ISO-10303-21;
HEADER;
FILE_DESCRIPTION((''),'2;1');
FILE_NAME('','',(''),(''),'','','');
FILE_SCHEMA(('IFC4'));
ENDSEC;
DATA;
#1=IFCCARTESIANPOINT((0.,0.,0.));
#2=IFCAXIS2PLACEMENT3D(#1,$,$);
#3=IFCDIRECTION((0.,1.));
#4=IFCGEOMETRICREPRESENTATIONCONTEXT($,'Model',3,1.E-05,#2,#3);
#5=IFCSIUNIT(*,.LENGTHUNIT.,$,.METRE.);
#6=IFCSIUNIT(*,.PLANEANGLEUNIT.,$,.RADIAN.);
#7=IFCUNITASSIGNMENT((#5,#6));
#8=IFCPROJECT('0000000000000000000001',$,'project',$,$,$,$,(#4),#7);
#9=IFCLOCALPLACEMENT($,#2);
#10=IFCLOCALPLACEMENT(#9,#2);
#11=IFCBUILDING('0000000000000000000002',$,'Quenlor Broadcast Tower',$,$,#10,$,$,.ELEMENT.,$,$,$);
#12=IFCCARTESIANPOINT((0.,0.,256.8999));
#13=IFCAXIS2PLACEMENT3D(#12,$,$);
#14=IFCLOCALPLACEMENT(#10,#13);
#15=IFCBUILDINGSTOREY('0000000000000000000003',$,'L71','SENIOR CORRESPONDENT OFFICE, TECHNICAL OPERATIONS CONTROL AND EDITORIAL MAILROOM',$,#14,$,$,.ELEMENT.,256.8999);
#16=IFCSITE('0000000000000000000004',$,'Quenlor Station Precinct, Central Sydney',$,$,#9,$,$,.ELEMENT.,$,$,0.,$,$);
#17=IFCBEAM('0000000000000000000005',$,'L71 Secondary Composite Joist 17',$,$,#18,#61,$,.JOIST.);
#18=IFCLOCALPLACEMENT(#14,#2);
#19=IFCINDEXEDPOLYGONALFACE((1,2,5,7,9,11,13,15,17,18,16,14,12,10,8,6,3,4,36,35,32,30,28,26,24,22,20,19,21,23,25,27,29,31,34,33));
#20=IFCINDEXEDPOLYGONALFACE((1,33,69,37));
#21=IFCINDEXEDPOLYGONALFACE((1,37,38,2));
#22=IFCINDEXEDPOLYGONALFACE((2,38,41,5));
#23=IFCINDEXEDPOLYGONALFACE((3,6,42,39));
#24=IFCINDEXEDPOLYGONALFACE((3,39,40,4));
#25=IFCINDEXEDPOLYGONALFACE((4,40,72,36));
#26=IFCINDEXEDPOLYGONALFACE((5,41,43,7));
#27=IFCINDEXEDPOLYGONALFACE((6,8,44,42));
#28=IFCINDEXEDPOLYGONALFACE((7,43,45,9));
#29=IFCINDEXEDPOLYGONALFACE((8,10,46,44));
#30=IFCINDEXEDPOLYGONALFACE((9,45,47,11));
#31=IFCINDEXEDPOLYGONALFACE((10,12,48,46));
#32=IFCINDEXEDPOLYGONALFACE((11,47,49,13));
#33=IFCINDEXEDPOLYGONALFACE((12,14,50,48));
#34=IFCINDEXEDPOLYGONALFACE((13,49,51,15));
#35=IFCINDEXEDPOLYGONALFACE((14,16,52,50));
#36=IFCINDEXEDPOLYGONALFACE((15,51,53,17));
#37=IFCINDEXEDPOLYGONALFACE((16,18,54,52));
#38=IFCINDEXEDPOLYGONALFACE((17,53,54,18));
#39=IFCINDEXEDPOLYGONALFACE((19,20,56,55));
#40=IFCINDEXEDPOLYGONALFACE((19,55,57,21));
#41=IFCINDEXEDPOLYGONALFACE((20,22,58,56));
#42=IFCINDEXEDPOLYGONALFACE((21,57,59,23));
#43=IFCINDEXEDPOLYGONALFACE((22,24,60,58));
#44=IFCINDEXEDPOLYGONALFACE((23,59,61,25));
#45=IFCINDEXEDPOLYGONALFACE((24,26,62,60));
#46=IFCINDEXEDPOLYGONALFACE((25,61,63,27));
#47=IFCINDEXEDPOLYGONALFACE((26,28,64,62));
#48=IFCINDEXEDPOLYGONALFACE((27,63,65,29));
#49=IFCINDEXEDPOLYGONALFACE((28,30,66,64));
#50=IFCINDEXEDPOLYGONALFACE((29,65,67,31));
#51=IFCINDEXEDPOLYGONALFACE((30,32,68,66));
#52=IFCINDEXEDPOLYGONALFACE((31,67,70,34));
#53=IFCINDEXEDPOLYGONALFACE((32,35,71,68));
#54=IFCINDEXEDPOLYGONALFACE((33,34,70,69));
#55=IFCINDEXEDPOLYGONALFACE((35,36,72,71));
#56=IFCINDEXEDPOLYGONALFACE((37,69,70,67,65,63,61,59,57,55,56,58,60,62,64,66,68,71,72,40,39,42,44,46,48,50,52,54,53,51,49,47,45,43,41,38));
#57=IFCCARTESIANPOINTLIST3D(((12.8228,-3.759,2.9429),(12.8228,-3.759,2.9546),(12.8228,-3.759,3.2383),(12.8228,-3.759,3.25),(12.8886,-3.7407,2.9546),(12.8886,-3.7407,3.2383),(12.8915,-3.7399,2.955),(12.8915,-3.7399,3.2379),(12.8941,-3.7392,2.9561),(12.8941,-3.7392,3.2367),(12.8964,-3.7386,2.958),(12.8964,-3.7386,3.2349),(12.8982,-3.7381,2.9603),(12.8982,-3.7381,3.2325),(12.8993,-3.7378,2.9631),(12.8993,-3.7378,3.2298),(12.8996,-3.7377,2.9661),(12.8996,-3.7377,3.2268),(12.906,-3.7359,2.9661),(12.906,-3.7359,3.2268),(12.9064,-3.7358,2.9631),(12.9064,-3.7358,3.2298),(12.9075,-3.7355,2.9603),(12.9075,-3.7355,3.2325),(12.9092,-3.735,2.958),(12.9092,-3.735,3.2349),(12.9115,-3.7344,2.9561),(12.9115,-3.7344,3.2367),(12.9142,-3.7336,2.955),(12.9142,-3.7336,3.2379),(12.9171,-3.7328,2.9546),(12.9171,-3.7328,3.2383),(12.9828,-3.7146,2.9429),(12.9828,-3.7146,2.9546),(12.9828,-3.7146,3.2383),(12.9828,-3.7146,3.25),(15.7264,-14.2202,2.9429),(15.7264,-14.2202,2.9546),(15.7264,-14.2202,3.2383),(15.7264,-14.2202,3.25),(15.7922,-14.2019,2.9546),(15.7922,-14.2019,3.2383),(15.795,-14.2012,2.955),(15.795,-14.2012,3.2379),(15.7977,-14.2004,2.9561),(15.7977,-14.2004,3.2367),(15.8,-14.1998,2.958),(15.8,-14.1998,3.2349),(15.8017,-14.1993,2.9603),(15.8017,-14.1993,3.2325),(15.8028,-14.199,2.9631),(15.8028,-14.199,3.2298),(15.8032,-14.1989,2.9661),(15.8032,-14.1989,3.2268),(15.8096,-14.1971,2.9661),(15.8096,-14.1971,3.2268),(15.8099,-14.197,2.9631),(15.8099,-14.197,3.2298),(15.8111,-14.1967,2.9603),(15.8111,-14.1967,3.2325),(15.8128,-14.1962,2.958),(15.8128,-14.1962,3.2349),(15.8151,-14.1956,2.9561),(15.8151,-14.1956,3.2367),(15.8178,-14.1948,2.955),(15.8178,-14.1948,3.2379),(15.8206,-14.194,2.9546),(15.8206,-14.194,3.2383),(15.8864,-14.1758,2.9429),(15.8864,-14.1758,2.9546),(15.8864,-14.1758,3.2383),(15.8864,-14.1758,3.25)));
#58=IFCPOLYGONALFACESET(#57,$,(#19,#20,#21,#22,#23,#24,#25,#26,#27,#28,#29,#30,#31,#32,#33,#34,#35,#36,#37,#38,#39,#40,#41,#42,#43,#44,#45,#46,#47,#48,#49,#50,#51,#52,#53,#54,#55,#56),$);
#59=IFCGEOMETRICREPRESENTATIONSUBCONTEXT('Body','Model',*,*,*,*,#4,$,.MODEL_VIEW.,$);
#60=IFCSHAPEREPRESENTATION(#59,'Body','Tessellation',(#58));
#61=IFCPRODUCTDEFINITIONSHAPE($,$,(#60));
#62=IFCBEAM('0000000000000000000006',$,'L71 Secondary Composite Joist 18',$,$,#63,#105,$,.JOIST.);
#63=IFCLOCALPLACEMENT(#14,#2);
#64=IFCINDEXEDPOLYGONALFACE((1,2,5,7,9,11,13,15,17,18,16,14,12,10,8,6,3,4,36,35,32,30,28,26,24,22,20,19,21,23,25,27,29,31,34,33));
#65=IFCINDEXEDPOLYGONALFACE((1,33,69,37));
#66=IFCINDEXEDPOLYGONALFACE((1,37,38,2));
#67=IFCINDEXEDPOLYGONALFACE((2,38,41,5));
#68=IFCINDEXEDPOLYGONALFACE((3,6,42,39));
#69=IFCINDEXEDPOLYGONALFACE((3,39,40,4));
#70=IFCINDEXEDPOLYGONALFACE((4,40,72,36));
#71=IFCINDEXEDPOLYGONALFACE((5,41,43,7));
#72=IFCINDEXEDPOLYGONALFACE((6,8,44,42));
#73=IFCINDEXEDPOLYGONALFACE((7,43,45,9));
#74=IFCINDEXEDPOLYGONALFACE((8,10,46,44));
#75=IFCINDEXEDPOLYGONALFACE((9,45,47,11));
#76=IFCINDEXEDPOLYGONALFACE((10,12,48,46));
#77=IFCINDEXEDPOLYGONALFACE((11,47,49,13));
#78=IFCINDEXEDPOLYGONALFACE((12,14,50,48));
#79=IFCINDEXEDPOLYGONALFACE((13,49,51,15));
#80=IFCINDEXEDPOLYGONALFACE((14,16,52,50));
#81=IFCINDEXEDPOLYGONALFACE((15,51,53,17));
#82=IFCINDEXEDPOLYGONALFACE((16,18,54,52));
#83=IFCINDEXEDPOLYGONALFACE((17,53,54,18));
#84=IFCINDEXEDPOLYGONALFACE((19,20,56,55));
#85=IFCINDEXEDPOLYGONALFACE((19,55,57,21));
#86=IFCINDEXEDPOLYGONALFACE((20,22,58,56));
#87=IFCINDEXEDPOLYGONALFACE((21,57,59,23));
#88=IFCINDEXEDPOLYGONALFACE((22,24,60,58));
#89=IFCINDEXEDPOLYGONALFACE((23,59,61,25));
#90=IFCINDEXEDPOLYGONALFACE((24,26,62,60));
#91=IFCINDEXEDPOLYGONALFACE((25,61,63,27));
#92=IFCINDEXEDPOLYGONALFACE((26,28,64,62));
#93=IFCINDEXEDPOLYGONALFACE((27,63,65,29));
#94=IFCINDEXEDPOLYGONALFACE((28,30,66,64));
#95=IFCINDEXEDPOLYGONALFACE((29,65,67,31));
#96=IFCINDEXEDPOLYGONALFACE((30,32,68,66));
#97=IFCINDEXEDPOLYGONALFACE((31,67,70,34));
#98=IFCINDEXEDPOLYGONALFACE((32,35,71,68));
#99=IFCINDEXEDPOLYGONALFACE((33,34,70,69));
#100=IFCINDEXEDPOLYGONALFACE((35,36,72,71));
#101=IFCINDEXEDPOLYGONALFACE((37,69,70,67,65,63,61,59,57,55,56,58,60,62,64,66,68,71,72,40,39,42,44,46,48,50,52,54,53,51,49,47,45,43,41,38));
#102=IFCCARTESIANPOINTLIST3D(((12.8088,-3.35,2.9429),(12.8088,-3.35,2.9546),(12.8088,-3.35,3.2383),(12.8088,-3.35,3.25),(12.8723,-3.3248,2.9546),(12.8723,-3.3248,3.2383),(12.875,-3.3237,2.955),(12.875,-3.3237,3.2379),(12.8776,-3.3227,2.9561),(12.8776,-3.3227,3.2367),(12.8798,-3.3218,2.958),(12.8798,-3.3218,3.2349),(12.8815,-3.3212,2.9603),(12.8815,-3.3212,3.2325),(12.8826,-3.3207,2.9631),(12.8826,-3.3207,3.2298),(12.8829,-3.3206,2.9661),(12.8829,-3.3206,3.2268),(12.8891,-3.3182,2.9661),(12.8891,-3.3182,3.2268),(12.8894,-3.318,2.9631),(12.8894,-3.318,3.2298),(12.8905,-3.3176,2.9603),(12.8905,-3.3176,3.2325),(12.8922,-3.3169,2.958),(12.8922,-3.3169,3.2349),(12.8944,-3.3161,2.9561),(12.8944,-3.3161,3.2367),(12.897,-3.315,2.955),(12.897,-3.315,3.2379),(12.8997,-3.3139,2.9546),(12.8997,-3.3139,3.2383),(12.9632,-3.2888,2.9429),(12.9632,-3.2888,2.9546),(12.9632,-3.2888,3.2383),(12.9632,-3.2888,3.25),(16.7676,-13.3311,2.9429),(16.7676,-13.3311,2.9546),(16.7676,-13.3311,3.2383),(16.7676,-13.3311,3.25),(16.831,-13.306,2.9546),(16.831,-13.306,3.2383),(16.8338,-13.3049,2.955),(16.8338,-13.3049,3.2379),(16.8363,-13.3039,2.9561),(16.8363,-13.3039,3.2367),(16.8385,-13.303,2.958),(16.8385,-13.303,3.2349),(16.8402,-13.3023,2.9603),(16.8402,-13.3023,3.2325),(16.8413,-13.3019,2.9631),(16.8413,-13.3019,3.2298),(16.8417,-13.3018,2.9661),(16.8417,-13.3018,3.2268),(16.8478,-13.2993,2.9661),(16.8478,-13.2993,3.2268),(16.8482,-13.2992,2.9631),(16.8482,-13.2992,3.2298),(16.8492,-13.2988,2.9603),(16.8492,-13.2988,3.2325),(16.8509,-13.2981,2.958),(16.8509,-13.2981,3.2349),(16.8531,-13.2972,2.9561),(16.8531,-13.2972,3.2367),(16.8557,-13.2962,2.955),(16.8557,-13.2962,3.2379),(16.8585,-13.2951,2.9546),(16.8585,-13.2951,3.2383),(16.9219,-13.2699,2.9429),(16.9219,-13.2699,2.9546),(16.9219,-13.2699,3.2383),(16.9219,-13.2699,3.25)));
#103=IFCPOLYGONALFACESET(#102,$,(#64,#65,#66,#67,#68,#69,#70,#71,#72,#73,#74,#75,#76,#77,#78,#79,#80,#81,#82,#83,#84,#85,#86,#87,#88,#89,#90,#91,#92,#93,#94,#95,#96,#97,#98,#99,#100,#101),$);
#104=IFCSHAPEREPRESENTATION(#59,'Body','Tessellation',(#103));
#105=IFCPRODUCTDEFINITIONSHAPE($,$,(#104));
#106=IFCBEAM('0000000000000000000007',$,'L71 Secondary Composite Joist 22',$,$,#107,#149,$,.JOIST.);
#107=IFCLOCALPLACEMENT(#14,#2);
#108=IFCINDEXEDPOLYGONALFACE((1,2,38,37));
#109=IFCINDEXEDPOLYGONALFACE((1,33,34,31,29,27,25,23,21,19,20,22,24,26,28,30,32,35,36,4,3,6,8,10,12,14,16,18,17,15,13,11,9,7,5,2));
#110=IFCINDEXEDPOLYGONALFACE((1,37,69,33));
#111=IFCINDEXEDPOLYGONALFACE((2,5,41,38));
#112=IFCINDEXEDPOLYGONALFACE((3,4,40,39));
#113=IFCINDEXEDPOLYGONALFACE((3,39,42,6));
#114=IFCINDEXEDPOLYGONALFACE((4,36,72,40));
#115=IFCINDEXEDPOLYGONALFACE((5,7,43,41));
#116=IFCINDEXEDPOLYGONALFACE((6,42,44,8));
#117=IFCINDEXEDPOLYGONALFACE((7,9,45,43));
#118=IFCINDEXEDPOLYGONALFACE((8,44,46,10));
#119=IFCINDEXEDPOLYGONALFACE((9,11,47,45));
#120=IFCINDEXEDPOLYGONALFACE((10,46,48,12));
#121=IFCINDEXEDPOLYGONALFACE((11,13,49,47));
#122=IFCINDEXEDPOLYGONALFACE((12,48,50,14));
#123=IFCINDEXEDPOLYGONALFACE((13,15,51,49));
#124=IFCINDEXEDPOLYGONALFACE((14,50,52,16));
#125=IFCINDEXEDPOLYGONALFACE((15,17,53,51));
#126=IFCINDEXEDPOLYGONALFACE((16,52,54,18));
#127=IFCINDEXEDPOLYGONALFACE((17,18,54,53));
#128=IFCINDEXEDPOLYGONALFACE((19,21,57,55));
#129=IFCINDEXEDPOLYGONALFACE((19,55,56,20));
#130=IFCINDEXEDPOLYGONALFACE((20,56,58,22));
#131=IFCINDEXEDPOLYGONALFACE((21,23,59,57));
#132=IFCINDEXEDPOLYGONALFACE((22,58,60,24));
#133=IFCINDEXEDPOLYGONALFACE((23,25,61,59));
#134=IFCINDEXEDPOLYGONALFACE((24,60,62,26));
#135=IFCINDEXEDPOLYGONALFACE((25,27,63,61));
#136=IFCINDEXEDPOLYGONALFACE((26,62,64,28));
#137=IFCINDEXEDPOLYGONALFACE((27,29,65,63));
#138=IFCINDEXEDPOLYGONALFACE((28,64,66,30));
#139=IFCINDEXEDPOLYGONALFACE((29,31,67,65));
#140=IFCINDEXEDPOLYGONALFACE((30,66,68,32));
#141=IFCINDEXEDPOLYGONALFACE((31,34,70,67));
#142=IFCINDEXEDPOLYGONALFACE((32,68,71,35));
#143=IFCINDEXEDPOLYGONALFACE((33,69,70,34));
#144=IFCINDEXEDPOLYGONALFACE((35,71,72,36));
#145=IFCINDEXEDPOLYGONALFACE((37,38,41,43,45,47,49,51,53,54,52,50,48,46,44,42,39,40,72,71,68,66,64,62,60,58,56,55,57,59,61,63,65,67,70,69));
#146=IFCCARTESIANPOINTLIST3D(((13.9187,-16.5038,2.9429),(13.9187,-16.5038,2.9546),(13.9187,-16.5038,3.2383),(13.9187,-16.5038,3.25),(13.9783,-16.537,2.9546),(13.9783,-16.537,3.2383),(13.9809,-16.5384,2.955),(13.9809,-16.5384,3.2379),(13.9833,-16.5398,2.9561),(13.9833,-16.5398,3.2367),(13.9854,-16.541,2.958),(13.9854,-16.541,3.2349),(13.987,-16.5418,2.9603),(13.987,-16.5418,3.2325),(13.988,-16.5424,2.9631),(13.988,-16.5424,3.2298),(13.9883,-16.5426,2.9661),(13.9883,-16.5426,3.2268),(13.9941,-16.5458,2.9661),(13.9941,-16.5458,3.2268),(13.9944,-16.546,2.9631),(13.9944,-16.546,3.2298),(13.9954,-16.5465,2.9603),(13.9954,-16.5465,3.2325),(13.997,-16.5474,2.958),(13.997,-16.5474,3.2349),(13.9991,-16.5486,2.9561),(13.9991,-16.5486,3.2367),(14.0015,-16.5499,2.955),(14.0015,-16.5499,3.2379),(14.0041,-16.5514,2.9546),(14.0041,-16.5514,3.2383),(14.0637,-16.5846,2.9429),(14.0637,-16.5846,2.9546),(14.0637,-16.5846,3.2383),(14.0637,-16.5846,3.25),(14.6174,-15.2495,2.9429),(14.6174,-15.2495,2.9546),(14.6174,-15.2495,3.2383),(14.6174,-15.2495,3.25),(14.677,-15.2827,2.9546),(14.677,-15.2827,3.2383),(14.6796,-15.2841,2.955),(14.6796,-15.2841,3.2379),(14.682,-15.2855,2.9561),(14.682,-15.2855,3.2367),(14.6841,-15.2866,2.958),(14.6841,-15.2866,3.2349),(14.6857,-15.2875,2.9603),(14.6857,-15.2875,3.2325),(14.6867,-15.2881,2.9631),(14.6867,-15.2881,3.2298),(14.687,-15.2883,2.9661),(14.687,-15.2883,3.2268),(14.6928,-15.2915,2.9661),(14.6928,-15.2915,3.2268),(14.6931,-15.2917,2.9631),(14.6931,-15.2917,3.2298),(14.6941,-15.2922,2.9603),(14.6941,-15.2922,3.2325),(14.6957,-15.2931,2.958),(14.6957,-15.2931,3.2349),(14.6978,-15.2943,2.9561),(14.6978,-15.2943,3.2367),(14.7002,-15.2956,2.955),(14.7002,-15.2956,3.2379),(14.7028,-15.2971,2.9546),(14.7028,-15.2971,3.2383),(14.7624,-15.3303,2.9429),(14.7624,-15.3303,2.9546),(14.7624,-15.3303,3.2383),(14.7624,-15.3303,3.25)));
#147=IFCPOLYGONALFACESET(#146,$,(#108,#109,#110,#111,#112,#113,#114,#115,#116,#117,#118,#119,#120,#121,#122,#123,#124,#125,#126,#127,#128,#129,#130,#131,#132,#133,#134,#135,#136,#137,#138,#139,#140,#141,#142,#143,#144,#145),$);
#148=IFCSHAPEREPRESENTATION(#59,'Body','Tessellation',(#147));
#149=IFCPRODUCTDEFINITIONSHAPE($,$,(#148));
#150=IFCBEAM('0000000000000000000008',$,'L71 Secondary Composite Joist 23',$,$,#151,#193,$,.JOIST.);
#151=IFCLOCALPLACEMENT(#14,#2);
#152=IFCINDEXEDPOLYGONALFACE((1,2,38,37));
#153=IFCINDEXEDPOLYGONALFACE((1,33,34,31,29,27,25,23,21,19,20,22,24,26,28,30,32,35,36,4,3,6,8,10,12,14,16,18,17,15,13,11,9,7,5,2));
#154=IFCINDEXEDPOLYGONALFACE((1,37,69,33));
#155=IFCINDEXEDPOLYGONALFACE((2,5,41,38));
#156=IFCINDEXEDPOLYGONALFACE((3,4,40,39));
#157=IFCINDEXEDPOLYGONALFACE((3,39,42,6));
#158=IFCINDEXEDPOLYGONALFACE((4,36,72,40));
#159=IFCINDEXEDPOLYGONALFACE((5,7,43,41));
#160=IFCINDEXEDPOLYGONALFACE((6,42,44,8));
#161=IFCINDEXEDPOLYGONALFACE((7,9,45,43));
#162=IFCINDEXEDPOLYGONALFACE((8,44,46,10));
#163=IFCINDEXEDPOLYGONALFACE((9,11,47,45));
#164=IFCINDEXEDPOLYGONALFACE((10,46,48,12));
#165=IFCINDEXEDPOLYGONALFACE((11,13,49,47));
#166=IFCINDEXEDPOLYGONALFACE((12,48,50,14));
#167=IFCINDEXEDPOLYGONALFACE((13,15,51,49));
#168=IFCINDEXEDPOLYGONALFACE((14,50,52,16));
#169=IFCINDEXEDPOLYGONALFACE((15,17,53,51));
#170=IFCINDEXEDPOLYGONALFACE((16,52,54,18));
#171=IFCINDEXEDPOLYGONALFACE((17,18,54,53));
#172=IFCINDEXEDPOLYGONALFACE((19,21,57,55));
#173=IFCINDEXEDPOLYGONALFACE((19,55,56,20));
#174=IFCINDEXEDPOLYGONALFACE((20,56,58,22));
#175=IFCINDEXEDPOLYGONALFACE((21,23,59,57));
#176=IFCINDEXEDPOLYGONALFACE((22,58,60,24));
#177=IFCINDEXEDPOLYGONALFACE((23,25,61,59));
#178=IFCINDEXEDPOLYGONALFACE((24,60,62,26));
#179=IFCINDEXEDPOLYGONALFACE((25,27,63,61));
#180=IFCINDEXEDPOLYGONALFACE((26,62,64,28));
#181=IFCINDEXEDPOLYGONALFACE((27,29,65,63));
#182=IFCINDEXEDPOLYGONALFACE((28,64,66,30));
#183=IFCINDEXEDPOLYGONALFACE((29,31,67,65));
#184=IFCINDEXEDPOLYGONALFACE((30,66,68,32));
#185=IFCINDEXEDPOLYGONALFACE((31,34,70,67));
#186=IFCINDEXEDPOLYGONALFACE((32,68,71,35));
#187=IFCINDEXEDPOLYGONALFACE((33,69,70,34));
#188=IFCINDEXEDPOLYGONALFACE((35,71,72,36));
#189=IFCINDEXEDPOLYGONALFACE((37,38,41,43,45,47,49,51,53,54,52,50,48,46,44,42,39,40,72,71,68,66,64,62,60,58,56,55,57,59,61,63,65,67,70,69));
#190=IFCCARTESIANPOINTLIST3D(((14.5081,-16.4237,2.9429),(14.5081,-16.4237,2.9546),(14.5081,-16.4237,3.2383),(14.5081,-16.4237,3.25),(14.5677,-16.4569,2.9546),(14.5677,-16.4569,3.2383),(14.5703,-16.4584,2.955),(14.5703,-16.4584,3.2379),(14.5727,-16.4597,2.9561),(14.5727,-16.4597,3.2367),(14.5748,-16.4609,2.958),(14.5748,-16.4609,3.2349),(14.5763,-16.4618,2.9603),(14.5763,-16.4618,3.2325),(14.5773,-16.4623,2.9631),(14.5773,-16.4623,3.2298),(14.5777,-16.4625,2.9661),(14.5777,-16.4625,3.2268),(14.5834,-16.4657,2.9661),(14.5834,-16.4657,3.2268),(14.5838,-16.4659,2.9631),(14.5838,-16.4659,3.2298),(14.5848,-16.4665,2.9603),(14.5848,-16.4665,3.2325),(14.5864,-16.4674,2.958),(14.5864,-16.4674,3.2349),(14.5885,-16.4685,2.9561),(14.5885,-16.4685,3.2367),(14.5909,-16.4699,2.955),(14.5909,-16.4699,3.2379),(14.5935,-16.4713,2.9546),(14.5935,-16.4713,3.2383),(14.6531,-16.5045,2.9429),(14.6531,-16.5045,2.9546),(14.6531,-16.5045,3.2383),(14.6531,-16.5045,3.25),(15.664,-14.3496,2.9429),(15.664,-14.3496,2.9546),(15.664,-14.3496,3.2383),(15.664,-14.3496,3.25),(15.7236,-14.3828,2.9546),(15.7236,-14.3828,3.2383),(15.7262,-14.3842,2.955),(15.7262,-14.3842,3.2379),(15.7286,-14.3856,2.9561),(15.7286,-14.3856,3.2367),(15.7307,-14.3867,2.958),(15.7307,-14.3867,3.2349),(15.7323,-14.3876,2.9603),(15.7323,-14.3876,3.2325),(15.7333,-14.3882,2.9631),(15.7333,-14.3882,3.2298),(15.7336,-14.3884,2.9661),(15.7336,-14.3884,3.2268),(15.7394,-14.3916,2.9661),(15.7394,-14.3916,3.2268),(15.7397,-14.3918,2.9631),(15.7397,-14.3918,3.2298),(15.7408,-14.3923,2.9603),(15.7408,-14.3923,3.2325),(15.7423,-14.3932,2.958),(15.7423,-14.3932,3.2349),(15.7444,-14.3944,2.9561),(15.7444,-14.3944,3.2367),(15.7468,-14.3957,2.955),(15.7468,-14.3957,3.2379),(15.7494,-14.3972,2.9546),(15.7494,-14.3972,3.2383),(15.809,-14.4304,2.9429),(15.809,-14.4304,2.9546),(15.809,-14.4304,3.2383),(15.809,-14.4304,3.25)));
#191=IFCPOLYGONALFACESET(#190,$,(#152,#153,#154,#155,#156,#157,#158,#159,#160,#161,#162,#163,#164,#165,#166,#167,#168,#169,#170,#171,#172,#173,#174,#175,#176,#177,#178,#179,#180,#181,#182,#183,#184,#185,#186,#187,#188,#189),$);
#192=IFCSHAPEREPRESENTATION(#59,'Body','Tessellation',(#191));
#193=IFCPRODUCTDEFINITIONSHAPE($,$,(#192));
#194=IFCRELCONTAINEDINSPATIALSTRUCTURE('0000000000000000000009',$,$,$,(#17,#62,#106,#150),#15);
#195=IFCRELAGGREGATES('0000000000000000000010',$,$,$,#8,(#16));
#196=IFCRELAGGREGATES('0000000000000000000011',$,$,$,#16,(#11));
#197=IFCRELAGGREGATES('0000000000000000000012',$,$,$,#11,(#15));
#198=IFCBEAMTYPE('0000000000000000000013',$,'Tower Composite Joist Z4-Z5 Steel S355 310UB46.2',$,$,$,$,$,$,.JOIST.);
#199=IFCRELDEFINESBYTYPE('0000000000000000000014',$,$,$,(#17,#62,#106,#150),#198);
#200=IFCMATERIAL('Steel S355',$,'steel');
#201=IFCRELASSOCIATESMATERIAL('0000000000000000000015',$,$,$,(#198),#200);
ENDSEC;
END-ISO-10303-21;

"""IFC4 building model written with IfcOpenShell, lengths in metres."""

from ifc_helpers import new_model, si_unit, direction, frame, origin, origin_2d, place, context, subcontext, project, spatial, i_section, extrude, material, material_profile, profile_set, type_object, element, save


model = new_model("IFC4")

# Units and contexts
model_context = context("Model", 3, precision=1e-05, world=origin(), true_north=direction((0.0, 1.0)))
body_context = subcontext(model_context, "Body", "Model", "MODEL_VIEW")
ifc_project = project(units=[si_unit("LENGTHUNIT", "METRE"), si_unit("PLANEANGLEUNIT", "RADIAN")], contexts=[model_context])

# Site, building, storey
site_placement = place(None, origin())
site = spatial("IfcSite", under=ifc_project, at=site_placement, Name="Quenlor Station Precinct, Central Sydney", CompositionType="ELEMENT", RefElevation=0.0)
building_placement = place(site_placement, origin())
building = spatial("IfcBuilding", under=site, at=building_placement, Name="Quenlor Broadcast Tower", CompositionType="ELEMENT")
storey_placement = place(building_placement, frame((0.0, 0.0, 256.8999)))
storey = spatial("IfcBuildingStorey", under=building, at=storey_placement, Name="L71", Description="SENIOR CORRESPONDENT OFFICE, TECHNICAL OPERATIONS CONTROL AND EDITORIAL MAILROOM", CompositionType="ELEMENT", Elevation=256.8999)

# Beams
ifc_material_1 = material(Name="Steel S355", Category="steel")
ifc_material_profile_1 = material_profile(ifc_material_1, i_section(OverallWidth=0.166, OverallDepth=0.3071, WebThickness=0.0066, FlangeThickness=0.0117, FilletRadius=0.0115, at=origin_2d()))
ifc_profile_set_1 = profile_set([ifc_material_profile_1], Name="Steel S355 310UB46.2")
beam_type_1 = type_object("IfcBeamType", Name="Tower Composite Joist Z4-Z5 Steel S355 310UB46.2", PredefinedType="JOIST", material=ifc_profile_set_1)
beam_1_placement = place(storey_placement, frame((15.8064, -14.198, 3.0964), z_axis=(-0.267446, 0.963573, 0.0), x_axis=(-0.963573, -0.267446, 0.0)))
element("IfcBeam", 1, at=beam_1_placement, inside=storey, type_object=beam_type_1, Name="L71 Secondary Composite Joist 17", PredefinedType="JOIST", context=body_context, shape_type="SweptSolid", body=[
    extrude(i_section(OverallWidth=0.166, OverallDepth=0.3071, WebThickness=0.0066, FlangeThickness=0.0117, FilletRadius=0.0115, at=origin_2d()), origin(), (0.0, 0.0, 1.0), 10.8567),
])
beam_2_placement = place(storey_placement, frame((16.8447, -13.3005, 3.0964), z_axis=(-0.36868, 0.929556, 0.0), x_axis=(-0.929556, -0.36868, 0.0)))
element("IfcBeam", 2, at=beam_2_placement, inside=storey, type_object=beam_type_1, Name="L71 Secondary Composite Joist 18", PredefinedType="JOIST", context=body_context, shape_type="SweptSolid", body=[
    extrude(i_section(OverallWidth=0.166, OverallDepth=0.3071, WebThickness=0.0066, FlangeThickness=0.0117, FilletRadius=0.0115, at=origin_2d()), origin(), (0.0, 0.0, 1.0), 10.7375),
])
beam_3_placement = place(storey_placement, frame((13.9912, -16.5442, 3.0964), z_axis=(0.486624, 0.873611, 0.0), x_axis=(-0.873611, 0.486624, 0.0)))
element("IfcBeam", 3, at=beam_3_placement, inside=storey, type_object=beam_type_1, Name="L71 Secondary Composite Joist 22", PredefinedType="JOIST", context=body_context, shape_type="SweptSolid", body=[
    extrude(i_section(OverallWidth=0.166, OverallDepth=0.3071, WebThickness=0.0066, FlangeThickness=0.0117, FilletRadius=0.0115, at=origin_2d()), origin(), (0.0, 0.0, 1.0), 1.4358),
])
beam_4_placement = place(storey_placement, frame((14.5806, -16.4641, 3.0964), z_axis=(0.486821, 0.873502, 0.0), x_axis=(-0.873502, 0.486821, 0.0)))
element("IfcBeam", 4, at=beam_4_placement, inside=storey, type_object=beam_type_1, Name="L71 Secondary Composite Joist 23", PredefinedType="JOIST", context=body_context, shape_type="SweptSolid", body=[
    extrude(i_section(OverallWidth=0.166, OverallDepth=0.3071, WebThickness=0.0066, FlangeThickness=0.0117, FilletRadius=0.0115, at=origin_2d()), origin(), (0.0, 0.0, 1.0), 2.3745),
])

save(model, "model.ifc")
